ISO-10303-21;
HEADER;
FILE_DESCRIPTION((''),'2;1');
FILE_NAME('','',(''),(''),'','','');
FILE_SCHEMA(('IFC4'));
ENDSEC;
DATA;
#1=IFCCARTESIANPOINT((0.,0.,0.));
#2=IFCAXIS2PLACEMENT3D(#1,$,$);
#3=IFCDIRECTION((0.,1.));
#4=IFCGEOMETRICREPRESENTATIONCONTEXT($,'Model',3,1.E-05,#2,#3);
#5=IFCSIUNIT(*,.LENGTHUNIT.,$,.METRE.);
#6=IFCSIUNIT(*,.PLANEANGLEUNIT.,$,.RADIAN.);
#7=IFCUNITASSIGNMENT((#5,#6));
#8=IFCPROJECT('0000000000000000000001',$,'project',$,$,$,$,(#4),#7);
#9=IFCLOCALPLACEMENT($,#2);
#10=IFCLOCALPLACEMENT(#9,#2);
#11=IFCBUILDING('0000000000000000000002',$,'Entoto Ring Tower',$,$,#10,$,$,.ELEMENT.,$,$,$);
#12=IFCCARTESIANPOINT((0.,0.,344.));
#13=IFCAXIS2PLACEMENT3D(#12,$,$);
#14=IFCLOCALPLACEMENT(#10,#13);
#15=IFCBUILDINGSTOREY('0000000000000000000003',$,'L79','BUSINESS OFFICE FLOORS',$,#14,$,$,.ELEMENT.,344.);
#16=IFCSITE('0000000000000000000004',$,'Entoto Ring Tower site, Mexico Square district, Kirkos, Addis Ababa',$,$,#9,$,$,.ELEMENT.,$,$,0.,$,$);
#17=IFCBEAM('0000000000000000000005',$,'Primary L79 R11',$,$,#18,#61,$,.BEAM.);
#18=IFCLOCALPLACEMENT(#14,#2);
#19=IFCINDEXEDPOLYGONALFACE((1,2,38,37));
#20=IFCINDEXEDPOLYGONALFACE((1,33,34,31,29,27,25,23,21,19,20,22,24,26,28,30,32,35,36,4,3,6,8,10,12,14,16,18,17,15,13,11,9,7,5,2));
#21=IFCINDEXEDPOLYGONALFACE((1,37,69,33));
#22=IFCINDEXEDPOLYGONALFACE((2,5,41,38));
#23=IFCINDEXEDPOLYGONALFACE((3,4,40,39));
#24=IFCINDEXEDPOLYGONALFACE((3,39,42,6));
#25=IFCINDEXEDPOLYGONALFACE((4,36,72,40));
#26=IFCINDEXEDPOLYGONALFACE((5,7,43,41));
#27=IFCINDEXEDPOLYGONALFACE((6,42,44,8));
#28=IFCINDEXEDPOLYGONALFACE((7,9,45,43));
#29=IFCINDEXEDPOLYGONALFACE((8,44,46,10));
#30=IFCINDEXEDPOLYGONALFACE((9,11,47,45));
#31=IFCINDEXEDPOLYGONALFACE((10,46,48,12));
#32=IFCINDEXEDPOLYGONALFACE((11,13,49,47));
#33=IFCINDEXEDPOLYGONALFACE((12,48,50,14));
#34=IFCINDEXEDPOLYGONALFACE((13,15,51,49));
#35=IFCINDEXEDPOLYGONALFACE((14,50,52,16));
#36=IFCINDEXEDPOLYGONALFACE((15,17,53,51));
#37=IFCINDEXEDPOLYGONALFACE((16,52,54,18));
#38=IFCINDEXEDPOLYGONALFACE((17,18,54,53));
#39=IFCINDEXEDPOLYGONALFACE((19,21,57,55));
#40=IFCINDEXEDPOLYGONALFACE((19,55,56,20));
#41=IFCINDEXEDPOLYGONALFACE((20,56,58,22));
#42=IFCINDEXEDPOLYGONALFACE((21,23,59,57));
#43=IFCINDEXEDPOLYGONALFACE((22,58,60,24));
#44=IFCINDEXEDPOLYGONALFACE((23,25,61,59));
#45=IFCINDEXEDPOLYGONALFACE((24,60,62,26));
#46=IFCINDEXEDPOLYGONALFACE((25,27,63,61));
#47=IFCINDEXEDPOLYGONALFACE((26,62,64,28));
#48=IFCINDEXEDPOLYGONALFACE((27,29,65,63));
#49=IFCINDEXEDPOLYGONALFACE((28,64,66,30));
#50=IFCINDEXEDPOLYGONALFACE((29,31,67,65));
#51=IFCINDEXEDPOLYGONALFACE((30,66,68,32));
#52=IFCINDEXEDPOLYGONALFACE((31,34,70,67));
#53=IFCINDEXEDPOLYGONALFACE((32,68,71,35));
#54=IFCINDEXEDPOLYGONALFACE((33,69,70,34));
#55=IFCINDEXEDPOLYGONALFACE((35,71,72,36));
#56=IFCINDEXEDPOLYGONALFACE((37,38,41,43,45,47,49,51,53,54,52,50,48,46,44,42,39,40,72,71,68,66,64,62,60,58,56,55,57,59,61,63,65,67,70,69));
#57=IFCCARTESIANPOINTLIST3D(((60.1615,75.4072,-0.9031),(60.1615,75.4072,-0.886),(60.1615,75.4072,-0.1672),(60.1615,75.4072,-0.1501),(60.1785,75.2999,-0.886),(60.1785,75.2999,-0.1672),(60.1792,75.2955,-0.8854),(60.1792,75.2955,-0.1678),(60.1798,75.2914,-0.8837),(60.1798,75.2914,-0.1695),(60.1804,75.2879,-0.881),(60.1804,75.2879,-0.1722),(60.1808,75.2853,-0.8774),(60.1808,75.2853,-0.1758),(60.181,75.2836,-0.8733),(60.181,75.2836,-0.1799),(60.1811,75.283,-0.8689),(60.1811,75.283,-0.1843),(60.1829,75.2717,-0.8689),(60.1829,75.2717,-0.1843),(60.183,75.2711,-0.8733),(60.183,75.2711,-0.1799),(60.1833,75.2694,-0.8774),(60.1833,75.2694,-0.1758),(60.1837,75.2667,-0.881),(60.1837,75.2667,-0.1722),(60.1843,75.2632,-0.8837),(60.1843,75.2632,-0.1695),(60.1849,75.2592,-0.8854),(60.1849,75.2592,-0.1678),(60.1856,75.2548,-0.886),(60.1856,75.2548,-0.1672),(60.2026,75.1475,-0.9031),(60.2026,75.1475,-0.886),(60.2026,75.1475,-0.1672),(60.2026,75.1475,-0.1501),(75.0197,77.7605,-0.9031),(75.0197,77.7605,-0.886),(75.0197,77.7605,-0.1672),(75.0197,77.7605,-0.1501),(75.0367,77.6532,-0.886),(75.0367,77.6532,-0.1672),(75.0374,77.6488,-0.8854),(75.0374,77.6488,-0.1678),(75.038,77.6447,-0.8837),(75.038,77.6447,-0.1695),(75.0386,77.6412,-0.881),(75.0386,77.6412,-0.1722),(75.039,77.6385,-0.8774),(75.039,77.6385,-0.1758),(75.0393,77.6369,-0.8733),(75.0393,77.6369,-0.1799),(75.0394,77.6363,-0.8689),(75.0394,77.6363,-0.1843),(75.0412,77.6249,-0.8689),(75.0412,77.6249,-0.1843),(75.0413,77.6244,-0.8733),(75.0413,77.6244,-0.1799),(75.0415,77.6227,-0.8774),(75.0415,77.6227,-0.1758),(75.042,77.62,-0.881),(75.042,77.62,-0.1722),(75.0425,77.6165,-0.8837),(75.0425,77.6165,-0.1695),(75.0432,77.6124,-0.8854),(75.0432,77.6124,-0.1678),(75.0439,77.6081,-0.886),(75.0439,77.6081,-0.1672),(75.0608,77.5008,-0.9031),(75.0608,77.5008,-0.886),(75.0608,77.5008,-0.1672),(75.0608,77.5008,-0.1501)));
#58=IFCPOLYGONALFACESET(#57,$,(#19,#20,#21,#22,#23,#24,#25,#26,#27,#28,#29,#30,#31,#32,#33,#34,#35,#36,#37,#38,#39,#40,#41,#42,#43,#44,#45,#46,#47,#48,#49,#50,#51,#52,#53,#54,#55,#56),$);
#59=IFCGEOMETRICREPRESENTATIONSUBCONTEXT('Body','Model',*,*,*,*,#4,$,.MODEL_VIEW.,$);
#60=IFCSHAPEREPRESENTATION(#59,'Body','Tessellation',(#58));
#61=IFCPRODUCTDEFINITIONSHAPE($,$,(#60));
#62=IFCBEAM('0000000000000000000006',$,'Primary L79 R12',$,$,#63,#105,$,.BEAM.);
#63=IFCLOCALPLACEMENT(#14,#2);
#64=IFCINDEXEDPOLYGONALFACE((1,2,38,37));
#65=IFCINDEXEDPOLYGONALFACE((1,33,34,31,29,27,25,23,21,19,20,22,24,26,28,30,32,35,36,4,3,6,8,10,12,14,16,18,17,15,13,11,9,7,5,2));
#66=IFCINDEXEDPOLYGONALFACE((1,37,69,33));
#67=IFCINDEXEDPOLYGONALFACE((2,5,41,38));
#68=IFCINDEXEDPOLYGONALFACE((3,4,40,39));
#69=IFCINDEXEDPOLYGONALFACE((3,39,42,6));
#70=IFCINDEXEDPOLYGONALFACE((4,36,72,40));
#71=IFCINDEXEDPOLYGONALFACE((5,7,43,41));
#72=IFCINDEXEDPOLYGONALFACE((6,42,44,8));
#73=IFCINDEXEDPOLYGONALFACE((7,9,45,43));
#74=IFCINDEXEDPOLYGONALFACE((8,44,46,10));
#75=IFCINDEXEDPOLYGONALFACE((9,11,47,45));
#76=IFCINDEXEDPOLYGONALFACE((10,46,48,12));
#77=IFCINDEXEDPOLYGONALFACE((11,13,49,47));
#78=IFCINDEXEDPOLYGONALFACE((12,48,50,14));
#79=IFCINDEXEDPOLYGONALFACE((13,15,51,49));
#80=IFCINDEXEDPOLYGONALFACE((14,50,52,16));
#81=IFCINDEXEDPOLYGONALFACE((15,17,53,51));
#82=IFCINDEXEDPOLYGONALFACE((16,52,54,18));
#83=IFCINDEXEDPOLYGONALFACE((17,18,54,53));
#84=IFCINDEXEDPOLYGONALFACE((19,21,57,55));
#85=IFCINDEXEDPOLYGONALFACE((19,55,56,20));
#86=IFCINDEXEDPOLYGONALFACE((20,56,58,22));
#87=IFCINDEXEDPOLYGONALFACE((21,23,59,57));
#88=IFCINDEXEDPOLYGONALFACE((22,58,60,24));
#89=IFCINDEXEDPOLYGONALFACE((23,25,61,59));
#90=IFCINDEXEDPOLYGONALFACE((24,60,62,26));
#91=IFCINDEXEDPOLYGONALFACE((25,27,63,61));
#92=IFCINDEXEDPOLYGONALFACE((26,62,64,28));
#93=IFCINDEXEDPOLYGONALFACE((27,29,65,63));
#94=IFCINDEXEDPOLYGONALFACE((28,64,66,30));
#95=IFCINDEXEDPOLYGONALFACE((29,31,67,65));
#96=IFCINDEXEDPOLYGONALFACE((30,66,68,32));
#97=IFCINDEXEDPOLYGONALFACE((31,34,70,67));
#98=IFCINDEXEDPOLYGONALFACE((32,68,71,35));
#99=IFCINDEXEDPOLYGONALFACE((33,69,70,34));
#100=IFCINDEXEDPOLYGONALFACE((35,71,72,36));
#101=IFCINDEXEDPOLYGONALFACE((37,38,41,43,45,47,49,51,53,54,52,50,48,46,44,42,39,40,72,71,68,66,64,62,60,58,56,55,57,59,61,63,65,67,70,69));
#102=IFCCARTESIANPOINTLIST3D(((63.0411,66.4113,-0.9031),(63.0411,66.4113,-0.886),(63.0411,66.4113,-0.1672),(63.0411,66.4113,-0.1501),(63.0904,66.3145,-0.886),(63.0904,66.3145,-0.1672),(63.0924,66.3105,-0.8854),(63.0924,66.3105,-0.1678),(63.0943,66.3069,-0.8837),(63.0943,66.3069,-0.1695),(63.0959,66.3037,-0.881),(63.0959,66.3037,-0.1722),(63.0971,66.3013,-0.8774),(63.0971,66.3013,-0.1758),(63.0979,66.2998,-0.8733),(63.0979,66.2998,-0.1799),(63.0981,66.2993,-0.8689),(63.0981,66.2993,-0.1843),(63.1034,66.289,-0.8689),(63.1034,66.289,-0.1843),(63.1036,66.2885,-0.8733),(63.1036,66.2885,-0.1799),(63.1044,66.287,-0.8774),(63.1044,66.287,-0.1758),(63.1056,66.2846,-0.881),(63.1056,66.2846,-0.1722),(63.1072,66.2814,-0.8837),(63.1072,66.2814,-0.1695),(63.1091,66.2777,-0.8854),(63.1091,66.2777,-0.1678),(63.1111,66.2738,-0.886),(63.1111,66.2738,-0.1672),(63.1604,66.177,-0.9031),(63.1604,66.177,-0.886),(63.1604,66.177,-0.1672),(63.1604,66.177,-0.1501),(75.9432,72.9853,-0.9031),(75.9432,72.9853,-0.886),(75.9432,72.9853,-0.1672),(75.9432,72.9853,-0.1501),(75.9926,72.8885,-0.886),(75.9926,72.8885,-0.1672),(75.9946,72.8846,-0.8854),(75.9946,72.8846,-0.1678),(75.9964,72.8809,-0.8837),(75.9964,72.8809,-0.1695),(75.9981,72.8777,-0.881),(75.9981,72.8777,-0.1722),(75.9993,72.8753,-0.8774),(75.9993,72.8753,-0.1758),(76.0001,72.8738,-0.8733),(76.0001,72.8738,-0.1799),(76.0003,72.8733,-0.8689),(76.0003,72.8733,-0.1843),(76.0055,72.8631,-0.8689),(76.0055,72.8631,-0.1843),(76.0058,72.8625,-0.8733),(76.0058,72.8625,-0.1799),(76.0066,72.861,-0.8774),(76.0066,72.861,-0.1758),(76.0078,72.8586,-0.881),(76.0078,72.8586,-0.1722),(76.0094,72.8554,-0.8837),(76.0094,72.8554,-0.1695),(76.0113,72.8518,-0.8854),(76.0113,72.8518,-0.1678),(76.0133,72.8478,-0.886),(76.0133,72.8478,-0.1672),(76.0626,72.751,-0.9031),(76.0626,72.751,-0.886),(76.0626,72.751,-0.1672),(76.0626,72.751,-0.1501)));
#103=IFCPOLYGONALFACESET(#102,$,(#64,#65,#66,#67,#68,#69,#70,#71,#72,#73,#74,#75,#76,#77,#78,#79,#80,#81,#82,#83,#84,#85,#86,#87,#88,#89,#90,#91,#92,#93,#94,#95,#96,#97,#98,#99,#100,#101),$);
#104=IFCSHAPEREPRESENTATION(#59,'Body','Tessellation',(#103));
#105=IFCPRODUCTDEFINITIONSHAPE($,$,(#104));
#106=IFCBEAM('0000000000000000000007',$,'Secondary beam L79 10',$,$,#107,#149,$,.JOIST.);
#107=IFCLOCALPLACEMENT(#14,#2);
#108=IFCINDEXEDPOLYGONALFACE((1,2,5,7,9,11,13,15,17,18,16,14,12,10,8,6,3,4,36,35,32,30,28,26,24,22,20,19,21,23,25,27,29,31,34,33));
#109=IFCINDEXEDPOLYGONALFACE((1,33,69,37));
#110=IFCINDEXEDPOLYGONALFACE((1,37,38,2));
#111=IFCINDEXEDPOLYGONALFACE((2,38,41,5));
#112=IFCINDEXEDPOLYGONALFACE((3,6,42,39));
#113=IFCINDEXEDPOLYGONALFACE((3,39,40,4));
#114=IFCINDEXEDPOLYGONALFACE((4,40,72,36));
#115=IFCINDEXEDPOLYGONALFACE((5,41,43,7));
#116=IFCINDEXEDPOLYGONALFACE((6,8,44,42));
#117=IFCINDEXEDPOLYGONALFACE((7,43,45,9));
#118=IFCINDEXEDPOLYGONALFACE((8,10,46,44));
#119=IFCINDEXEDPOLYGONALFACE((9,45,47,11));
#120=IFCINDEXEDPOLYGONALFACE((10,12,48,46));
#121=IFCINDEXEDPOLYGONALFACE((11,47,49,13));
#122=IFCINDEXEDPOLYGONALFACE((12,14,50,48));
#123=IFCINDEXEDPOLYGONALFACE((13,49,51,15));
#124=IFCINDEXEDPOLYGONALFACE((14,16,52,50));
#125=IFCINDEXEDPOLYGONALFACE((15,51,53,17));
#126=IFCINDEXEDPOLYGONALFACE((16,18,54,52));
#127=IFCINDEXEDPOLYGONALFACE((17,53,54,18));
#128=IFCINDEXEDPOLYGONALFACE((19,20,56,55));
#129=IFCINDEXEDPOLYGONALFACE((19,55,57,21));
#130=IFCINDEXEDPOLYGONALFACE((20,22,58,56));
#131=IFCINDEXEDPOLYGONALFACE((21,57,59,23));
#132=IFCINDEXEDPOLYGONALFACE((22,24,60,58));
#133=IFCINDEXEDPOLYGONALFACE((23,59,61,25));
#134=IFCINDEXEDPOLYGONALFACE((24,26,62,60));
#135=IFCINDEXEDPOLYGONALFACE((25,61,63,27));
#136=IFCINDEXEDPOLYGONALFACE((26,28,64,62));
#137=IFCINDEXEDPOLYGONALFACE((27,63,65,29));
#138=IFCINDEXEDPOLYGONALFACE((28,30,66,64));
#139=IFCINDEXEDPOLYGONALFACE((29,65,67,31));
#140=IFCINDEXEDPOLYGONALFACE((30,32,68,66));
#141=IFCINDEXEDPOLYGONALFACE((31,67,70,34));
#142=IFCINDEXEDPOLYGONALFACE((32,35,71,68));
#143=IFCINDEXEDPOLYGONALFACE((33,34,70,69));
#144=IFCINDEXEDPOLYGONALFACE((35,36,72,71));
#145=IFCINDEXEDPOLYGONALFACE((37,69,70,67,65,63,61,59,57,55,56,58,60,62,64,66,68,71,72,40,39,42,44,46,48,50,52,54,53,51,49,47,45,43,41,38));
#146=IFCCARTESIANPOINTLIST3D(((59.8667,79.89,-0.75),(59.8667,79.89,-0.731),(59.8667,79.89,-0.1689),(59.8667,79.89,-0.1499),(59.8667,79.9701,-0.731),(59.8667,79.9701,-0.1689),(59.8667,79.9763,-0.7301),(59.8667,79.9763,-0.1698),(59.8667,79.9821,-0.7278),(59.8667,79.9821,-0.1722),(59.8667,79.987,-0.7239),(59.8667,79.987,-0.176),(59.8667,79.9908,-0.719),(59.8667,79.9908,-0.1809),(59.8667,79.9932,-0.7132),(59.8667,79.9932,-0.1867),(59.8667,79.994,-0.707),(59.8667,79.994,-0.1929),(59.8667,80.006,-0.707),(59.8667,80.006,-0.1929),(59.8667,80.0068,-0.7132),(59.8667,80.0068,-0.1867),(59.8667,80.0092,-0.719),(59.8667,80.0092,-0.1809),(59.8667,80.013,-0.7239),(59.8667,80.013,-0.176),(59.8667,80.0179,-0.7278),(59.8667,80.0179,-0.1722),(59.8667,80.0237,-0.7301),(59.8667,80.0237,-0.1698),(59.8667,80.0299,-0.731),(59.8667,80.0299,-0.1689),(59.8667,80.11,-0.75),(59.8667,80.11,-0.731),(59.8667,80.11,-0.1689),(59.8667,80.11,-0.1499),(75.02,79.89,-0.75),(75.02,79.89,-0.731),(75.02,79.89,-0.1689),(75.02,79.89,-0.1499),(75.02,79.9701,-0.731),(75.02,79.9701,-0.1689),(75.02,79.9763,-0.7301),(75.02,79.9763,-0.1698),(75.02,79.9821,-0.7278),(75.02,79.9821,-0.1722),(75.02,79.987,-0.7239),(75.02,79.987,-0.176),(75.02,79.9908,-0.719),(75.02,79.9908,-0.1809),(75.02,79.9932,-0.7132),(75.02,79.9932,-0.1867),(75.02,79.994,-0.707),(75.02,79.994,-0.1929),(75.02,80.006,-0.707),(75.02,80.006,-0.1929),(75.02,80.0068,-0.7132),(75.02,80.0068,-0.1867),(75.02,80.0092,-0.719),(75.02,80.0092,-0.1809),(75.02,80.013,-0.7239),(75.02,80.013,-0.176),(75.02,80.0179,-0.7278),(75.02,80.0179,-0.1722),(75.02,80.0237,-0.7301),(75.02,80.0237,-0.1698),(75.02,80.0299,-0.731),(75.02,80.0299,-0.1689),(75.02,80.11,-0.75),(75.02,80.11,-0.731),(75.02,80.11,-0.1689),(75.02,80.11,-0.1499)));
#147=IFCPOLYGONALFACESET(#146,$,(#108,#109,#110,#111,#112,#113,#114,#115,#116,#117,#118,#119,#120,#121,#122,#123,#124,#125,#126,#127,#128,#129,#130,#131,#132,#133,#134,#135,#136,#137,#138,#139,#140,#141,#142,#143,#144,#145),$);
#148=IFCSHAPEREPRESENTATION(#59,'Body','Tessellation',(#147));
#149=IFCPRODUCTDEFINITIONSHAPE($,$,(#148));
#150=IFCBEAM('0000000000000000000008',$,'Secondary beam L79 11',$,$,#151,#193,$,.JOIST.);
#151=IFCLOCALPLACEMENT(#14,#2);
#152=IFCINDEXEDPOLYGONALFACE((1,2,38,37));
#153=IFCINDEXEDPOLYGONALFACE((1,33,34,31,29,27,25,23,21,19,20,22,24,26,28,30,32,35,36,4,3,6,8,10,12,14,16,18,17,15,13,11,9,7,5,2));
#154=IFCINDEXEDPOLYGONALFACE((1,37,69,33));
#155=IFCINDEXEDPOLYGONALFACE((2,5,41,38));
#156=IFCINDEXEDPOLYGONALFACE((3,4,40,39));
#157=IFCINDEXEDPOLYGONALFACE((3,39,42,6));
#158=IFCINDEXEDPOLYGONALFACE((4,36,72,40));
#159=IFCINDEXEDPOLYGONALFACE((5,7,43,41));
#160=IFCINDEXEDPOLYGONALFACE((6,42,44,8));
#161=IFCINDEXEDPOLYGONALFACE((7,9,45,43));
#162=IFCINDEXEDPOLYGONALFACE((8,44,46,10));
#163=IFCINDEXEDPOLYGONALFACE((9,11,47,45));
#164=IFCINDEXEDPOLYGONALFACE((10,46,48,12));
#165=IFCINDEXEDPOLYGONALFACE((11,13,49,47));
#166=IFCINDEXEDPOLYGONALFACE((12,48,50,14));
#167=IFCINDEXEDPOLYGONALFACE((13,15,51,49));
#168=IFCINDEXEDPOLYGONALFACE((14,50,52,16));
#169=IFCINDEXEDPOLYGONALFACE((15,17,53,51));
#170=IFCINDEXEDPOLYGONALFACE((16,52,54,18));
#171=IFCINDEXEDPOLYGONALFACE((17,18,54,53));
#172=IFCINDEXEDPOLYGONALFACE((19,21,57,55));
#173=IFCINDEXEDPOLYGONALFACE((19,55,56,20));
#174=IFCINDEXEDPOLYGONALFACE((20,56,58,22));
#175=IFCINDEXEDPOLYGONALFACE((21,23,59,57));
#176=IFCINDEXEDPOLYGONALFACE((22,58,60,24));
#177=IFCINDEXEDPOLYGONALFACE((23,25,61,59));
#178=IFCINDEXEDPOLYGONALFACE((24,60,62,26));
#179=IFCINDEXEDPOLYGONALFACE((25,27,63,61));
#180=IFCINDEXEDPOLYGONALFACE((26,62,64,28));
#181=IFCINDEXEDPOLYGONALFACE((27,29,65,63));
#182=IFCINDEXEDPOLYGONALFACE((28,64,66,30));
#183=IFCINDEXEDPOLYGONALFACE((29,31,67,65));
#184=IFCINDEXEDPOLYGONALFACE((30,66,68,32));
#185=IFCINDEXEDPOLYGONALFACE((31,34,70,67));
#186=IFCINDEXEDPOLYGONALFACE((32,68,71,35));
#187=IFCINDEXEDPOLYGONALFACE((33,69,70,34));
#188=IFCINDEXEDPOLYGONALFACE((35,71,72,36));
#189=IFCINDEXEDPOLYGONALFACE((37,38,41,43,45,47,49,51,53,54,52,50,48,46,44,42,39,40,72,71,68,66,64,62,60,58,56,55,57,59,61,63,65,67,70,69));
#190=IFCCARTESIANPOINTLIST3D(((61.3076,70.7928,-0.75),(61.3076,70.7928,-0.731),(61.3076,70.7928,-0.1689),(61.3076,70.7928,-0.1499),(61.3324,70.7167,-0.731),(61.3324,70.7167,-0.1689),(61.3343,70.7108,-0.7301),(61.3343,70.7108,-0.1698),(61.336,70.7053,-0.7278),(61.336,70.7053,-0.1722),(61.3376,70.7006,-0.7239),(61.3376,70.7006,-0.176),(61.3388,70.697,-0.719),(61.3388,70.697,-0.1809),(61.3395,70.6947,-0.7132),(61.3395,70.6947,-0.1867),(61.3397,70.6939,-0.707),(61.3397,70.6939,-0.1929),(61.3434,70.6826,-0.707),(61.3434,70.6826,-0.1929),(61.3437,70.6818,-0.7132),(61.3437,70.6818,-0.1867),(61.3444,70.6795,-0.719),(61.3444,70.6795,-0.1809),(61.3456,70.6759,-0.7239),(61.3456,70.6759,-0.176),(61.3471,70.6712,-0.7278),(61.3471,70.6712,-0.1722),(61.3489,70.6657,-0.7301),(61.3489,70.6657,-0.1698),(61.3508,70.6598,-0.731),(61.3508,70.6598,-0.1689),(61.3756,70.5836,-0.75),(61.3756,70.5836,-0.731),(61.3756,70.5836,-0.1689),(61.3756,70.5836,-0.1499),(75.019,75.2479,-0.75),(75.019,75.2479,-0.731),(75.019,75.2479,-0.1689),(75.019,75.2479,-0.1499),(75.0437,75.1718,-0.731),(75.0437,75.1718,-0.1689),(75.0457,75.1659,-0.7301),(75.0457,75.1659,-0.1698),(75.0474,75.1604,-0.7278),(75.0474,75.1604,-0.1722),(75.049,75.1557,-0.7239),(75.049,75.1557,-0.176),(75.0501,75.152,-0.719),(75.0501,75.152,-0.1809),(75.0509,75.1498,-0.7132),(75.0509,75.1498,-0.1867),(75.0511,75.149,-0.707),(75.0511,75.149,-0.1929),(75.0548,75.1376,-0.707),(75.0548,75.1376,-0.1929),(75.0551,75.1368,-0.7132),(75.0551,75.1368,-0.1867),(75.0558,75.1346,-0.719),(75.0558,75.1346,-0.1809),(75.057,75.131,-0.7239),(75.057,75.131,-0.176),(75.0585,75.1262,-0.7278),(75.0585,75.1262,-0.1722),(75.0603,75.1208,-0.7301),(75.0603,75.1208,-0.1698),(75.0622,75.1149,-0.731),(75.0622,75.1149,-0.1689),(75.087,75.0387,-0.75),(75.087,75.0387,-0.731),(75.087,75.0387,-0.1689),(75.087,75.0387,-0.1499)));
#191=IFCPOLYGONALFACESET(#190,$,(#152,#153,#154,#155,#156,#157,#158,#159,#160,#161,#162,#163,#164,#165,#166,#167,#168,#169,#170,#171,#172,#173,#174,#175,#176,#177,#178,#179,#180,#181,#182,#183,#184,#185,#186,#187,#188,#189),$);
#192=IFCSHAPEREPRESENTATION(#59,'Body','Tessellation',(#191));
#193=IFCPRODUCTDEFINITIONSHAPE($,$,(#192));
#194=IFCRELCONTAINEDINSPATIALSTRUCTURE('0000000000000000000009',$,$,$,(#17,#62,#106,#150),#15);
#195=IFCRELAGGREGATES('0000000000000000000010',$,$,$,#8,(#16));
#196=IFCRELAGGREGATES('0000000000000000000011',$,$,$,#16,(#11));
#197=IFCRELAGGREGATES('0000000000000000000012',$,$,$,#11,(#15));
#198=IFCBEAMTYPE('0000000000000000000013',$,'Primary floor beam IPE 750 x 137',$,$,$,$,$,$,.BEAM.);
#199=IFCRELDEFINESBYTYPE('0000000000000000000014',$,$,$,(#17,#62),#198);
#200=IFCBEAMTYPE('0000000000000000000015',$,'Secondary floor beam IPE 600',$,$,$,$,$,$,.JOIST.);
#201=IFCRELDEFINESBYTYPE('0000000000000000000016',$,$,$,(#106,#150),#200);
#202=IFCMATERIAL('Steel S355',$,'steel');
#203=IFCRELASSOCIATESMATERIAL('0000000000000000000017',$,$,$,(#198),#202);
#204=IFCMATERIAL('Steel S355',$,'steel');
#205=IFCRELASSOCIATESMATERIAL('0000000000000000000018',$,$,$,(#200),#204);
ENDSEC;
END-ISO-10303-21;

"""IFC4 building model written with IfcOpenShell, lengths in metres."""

from ifc_helpers import new_model, si_unit, direction, frame, origin, origin_2d, place, context, subcontext, project, spatial, i_section, extrude, material, material_profile, profile_set, type_object, element, save


model = new_model("IFC4")

# Units and contexts
model_context = context("Model", 3, precision=1e-05, world=origin(), true_north=direction((0.0, 1.0)))
body_context = subcontext(model_context, "Body", "Model", "MODEL_VIEW")
ifc_project = project(units=[si_unit("LENGTHUNIT", "METRE"), si_unit("PLANEANGLEUNIT", "RADIAN")], contexts=[model_context])

# Site, building, storey
site_placement = place(None, origin())
site = spatial("IfcSite", under=ifc_project, at=site_placement, Name="Entoto Ring Tower site, Mexico Square district, Kirkos, Addis Ababa", CompositionType="ELEMENT", RefElevation=0.0)
building_placement = place(site_placement, origin())
building = spatial("IfcBuilding", under=site, at=building_placement, Name="Entoto Ring Tower", CompositionType="ELEMENT")
storey_placement = place(building_placement, frame((0.0, 0.0, 344.0)))
storey = spatial("IfcBuildingStorey", under=building, at=storey_placement, Name="L79", Description="BUSINESS OFFICE FLOORS", CompositionType="ELEMENT", Elevation=344.0)

# Beams
ifc_material_1 = material(Name="Steel S355", Category="steel")
ifc_material_profile_1 = material_profile(ifc_material_1, i_section(OverallWidth=0.2629, OverallDepth=0.7529, WebThickness=0.0115, FlangeThickness=0.0171, FilletRadius=0.0171, at=origin_2d()), Name="IPE 750 x 137")
ifc_profile_set_1 = profile_set([ifc_material_profile_1], Name="Steel S355")
beam_type_1 = type_object("IfcBeamType", Name="Primary floor beam IPE 750 x 137", PredefinedType="BEAM", material=ifc_profile_set_1)
for number, where, z_axis, x_axis, name in (
    (1, (75.0403, 77.6306, -0.5266), (-0.987689, -0.156433, 0.0), (0.156433, -0.987689, 0.0), "Primary L79 R11"),
):
    element("IfcBeam", number, at=place(storey_placement, frame(where, z_axis=z_axis, x_axis=x_axis)), inside=storey, type_object=beam_type_1, Name=name, PredefinedType="BEAM", context=body_context, shape_type="SweptSolid", body=[
        extrude(i_section(OverallWidth=0.2629, OverallDepth=0.7529, WebThickness=0.0115, FlangeThickness=0.0171, FilletRadius=0.0171, at=origin_2d()), origin(), (0.0, 0.0, 1.0), 15.0435),
    ])
beam_1_placement = place(storey_placement, frame((76.0029, 72.8682, -0.5266), z_axis=(-0.891006, -0.453992, 0.0), x_axis=(0.453992, -0.891006, 0.0)))
element("IfcBeam", 2, at=beam_1_placement, inside=storey, type_object=beam_type_1, Name="Primary L79 R12", PredefinedType="BEAM", context=body_context, shape_type="SweptSolid", body=[
    extrude(i_section(OverallWidth=0.2629, OverallDepth=0.7529, WebThickness=0.0115, FlangeThickness=0.0171, FilletRadius=0.0171, at=origin_2d()), origin(), (0.0, 0.0, 1.0), 14.4805),
])
ifc_material_2 = material(Name="Steel S355", Category="steel")
ifc_material_profile_2 = material_profile(ifc_material_2, i_section(OverallWidth=0.22, OverallDepth=0.6001, WebThickness=0.012, FlangeThickness=0.019, FilletRadius=0.0239, at=origin_2d()), Name="IPE 600")
ifc_profile_set_2 = profile_set([ifc_material_profile_2], Name="Steel S355")
beam_type_2 = type_object("IfcBeamType", Name="Secondary floor beam IPE 600", PredefinedType="JOIST", material=ifc_profile_set_2)
beam_2_placement = place(storey_placement, frame((75.02, 80.0, -0.45), z_axis=(-1.0, 0.0, 0.0), x_axis=(0.0, -1.0, 0.0)))
element("IfcBeam", 3, at=beam_2_placement, inside=storey, type_object=beam_type_2, Name="Secondary beam L79 10", PredefinedType="JOIST", context=body_context, shape_type="SweptSolid", body=[
    extrude(i_section(OverallWidth=0.22, OverallDepth=0.6001, WebThickness=0.012, FlangeThickness=0.019, FilletRadius=0.0239, at=origin_2d()), origin(), (0.0, 0.0, 1.0), 15.1533),
])
beam_3_placement = place(storey_placement, frame((75.053, 75.1433, -0.45), z_axis=(-0.951057, -0.309015, 0.0), x_axis=(0.309015, -0.951057, 0.0)))
element("IfcBeam", 4, at=beam_3_placement, inside=storey, type_object=beam_type_2, Name="Secondary beam L79 11", PredefinedType="JOIST", context=body_context, shape_type="SweptSolid", body=[
    extrude(i_section(OverallWidth=0.22, OverallDepth=0.6001, WebThickness=0.012, FlangeThickness=0.019, FilletRadius=0.0239, at=origin_2d()), origin(), (0.0, 0.0, 1.0), 14.417),
])

save(model, "model.ifc")
